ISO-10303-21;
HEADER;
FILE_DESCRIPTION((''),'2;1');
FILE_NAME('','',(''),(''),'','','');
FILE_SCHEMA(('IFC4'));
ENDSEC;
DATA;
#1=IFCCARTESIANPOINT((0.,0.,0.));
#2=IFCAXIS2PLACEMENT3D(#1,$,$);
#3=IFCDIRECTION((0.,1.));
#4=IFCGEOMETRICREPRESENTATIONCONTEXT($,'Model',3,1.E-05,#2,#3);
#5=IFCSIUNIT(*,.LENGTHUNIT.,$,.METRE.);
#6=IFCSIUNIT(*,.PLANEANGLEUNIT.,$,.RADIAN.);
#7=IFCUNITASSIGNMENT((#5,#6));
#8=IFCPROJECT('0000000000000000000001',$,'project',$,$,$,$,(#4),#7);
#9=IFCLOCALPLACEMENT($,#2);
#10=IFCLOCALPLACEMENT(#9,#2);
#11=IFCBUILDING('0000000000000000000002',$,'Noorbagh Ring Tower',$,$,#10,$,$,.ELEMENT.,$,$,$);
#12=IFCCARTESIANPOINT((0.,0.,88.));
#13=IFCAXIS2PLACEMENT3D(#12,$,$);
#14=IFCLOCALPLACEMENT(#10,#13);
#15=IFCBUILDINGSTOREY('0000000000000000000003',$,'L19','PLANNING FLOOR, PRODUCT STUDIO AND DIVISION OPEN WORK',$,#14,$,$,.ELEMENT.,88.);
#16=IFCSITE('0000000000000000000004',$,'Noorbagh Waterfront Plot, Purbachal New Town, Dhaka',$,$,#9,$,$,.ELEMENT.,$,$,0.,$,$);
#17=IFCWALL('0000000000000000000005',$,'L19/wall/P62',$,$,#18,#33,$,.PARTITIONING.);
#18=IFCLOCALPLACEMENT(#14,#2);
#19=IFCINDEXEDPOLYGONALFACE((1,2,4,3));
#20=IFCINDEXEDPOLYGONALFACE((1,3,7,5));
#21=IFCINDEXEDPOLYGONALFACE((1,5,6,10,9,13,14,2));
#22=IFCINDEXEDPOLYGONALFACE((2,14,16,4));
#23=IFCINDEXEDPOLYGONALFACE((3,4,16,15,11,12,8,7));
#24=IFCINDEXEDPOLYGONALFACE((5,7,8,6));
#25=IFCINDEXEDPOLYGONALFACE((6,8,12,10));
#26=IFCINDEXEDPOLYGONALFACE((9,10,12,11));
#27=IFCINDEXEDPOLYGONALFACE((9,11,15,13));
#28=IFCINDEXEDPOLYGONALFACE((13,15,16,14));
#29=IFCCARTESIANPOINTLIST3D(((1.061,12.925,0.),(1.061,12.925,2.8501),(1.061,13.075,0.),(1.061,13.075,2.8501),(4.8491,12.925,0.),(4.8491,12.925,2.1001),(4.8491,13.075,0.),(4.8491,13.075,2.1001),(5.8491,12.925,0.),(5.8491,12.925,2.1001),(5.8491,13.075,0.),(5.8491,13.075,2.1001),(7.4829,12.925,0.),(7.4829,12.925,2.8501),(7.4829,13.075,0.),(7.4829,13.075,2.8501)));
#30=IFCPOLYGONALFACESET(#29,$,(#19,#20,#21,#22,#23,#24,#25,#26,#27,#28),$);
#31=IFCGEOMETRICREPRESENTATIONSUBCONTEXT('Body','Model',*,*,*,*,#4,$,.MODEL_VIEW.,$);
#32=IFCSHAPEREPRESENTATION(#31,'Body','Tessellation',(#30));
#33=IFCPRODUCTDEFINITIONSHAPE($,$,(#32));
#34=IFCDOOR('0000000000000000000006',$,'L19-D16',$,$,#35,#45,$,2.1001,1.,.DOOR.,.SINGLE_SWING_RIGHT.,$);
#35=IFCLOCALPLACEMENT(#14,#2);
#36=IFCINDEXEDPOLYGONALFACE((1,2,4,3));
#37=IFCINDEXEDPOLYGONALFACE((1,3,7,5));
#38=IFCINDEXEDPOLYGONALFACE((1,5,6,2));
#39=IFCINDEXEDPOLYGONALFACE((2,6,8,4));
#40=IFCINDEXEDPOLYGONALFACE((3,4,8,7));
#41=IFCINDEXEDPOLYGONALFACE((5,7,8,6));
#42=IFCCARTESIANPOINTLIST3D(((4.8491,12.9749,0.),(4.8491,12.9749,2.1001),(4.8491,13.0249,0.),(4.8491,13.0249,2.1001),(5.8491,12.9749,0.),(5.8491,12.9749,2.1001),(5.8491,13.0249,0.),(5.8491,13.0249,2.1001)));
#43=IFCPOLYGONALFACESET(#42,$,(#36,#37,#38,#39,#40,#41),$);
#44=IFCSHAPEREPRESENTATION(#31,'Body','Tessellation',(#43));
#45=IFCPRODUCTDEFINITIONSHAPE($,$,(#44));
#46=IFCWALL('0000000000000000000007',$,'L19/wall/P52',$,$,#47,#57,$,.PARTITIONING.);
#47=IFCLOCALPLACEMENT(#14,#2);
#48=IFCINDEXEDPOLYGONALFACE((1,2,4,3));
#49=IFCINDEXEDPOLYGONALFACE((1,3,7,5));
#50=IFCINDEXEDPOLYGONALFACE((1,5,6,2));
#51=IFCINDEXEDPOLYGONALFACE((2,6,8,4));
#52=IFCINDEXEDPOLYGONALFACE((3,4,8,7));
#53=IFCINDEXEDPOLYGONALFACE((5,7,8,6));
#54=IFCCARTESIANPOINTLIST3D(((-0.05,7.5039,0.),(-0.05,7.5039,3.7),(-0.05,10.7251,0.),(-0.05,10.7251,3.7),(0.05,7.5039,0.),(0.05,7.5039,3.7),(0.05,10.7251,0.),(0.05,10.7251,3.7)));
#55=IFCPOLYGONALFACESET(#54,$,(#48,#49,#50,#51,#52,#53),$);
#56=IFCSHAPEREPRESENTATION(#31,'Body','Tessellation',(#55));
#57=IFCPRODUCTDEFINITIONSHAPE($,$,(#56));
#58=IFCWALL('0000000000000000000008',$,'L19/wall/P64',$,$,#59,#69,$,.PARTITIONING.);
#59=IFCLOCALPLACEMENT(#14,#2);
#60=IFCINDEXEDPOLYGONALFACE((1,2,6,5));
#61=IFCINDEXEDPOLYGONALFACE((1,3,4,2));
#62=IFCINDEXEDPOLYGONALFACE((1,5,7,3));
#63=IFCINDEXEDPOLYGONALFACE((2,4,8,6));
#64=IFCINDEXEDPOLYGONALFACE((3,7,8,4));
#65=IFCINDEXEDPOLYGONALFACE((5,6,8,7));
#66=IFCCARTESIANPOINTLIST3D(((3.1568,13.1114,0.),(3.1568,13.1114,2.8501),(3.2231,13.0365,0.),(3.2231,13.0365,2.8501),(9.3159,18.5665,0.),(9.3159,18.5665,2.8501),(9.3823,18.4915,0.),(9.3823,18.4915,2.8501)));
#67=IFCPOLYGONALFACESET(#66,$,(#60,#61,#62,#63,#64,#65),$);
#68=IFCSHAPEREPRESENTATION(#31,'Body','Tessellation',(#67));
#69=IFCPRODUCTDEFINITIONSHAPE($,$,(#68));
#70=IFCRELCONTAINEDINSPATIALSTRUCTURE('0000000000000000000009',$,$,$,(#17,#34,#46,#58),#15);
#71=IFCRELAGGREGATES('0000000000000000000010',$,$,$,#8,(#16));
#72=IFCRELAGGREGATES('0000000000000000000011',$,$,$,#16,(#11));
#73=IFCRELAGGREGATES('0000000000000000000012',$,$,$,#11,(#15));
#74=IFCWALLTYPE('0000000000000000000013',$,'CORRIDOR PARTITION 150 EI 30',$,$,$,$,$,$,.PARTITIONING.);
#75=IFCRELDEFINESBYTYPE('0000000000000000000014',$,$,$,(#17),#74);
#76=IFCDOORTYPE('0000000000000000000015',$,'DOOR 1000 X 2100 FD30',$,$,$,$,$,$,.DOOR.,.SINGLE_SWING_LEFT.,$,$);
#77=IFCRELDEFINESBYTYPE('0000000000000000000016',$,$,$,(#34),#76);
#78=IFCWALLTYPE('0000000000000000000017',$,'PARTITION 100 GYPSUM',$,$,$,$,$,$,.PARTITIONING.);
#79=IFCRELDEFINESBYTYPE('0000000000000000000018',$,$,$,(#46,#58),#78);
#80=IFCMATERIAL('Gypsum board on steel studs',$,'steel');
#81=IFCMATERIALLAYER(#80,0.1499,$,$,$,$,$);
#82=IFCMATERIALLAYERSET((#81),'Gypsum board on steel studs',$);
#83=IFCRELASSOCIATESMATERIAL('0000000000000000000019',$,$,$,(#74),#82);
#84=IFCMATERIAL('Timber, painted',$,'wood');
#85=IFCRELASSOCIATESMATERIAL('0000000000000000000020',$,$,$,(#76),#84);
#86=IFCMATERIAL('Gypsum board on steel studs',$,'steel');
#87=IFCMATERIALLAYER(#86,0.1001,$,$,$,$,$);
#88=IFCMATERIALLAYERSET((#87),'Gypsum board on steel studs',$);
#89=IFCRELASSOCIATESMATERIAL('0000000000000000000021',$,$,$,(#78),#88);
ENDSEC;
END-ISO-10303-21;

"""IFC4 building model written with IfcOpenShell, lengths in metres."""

from ifc_helpers import new_model, si_unit, direction, frame, frame_2d, origin, place, context, subcontext, project, spatial, rectangle, extrude, material, layer, layer_set, type_object, element, fill, save


model = new_model("IFC4")

# Units and contexts
model_context = context("Model", 3, precision=1e-05, world=origin(), true_north=direction((0.0, 1.0)))
body_context = subcontext(model_context, "Body", "Model", "MODEL_VIEW")
ifc_project = project(units=[si_unit("LENGTHUNIT", "METRE"), si_unit("PLANEANGLEUNIT", "RADIAN")], contexts=[model_context])

# Site, building, storey
site_placement = place(None, origin())
building_placement = place(site_placement, origin())
storey_placement = place(building_placement, frame((0.0, 0.0, 88.0)))
site = spatial("IfcSite", under=ifc_project, at=site_placement, Name="Noorbagh Waterfront Plot, Purbachal New Town, Dhaka", CompositionType="ELEMENT", RefElevation=0.0)
building = spatial("IfcBuilding", under=site, at=building_placement, Name="Noorbagh Ring Tower", CompositionType="ELEMENT")
storey = spatial("IfcBuildingStorey", under=building, at=storey_placement, Name="L19", Description="PLANNING FLOOR, PRODUCT STUDIO AND DIVISION OPEN WORK", CompositionType="ELEMENT", Elevation=88.0)

# Wall, opening, door
ifc_material_1 = material(Name="Gypsum board on steel studs", Category="steel")
ifc_layer_1 = layer(ifc_material_1, 0.1499)
ifc_layer_set_1 = layer_set([ifc_layer_1], Name="Gypsum board on steel studs")
wall_type_1 = type_object("IfcWallType", Name="CORRIDOR PARTITION 150 EI 30", PredefinedType="PARTITIONING", material=ifc_layer_set_1)
wall_1_placement = place(storey_placement, frame((1.061, 13.0, 0.0), z_axis=(0.0, 0.0, 1.0), x_axis=(1.0, 0.0, 0.0)))
wall_1 = element("IfcWall", 1, at=wall_1_placement, inside=storey, type_object=wall_type_1, Name="L19/wall/P62", PredefinedType="PARTITIONING", context=body_context, shape_type="SweptSolid", body=[
    extrude(rectangle(XDim=6.4219, YDim=0.1499, at=frame_2d((3.2109, 0.0))), origin(), (0.0, 0.0, 1.0), 2.8501),
])
opening_placement = place(wall_1_placement, frame((3.7881, 0.0, 0.0)))
opening = element("IfcOpeningElement", 2, at=opening_placement, cuts=wall_1, PredefinedType="OPENING", context=body_context, shape_type="SweptSolid", body=[
    extrude(rectangle(XDim=1.0, YDim=2.1001, at=frame_2d((0.5, 1.05))), frame((0.0, 0.085, 0.0), z_axis=(0.0, -1.0, 0.0), x_axis=(1.0, 0.0, 0.0)), (0.0, 0.0, 1.0), 0.1699),
])
ifc_material_2 = material(Name="Timber, painted", Category="wood")
door_type = type_object("IfcDoorType", Name="DOOR 1000 X 2100 FD30", OperationType="SINGLE_SWING_LEFT", PredefinedType="DOOR", material=ifc_material_2)
door_placement = place(opening_placement, origin())
door = element("IfcDoor", 3, at=door_placement, inside=storey, type_object=door_type, Name="L19-D16", OperationType="SINGLE_SWING_RIGHT", OverallHeight=2.1001, OverallWidth=1.0, PredefinedType="DOOR", context=body_context, shape_type="SweptSolid", body=[
    extrude(rectangle(XDim=1.0, YDim=2.1001, at=frame_2d((0.5, 1.05))), frame((0.0, 0.0249, 0.0), z_axis=(0.0, -1.0, 0.0), x_axis=(1.0, 0.0, 0.0)), (0.0, 0.0, 1.0), 0.05),
])
fill(opening, door)

# Walls
ifc_material_3 = material(Name="Gypsum board on steel studs", Category="steel")
ifc_layer_2 = layer(ifc_material_3, 0.1001)
ifc_layer_set_2 = layer_set([ifc_layer_2], Name="Gypsum board on steel studs")
wall_type_2 = type_object("IfcWallType", Name="PARTITION 100 GYPSUM", PredefinedType="PARTITIONING", material=ifc_layer_set_2)
wall_2_placement = place(storey_placement, frame((0.0, 7.5039, 0.0), z_axis=(0.0, 0.0, 1.0), x_axis=(0.0, 1.0, 0.0)))
element("IfcWall", 4, at=wall_2_placement, inside=storey, type_object=wall_type_2, Name="L19/wall/P52", PredefinedType="PARTITIONING", context=body_context, shape_type="SweptSolid", body=[
    extrude(rectangle(XDim=3.2212, YDim=0.1001, at=frame_2d((1.6106, 0.0))), origin(), (0.0, 0.0, 1.0), 3.7),
])
wall_3_placement = place(storey_placement, frame((3.1899, 13.074, 0.0), z_axis=(0.0, 0.0, 1.0), x_axis=(0.7486, 0.663022, 0.0)))
element("IfcWall", 5, at=wall_3_placement, inside=storey, type_object=wall_type_2, Name="L19/wall/P64", PredefinedType="PARTITIONING", context=body_context, shape_type="SweptSolid", body=[
    extrude(rectangle(XDim=8.2275, YDim=0.1001, at=frame_2d((4.1138, 0.0))), origin(), (0.0, 0.0, 1.0), 2.8501),
])

save(model, "model.ifc")
